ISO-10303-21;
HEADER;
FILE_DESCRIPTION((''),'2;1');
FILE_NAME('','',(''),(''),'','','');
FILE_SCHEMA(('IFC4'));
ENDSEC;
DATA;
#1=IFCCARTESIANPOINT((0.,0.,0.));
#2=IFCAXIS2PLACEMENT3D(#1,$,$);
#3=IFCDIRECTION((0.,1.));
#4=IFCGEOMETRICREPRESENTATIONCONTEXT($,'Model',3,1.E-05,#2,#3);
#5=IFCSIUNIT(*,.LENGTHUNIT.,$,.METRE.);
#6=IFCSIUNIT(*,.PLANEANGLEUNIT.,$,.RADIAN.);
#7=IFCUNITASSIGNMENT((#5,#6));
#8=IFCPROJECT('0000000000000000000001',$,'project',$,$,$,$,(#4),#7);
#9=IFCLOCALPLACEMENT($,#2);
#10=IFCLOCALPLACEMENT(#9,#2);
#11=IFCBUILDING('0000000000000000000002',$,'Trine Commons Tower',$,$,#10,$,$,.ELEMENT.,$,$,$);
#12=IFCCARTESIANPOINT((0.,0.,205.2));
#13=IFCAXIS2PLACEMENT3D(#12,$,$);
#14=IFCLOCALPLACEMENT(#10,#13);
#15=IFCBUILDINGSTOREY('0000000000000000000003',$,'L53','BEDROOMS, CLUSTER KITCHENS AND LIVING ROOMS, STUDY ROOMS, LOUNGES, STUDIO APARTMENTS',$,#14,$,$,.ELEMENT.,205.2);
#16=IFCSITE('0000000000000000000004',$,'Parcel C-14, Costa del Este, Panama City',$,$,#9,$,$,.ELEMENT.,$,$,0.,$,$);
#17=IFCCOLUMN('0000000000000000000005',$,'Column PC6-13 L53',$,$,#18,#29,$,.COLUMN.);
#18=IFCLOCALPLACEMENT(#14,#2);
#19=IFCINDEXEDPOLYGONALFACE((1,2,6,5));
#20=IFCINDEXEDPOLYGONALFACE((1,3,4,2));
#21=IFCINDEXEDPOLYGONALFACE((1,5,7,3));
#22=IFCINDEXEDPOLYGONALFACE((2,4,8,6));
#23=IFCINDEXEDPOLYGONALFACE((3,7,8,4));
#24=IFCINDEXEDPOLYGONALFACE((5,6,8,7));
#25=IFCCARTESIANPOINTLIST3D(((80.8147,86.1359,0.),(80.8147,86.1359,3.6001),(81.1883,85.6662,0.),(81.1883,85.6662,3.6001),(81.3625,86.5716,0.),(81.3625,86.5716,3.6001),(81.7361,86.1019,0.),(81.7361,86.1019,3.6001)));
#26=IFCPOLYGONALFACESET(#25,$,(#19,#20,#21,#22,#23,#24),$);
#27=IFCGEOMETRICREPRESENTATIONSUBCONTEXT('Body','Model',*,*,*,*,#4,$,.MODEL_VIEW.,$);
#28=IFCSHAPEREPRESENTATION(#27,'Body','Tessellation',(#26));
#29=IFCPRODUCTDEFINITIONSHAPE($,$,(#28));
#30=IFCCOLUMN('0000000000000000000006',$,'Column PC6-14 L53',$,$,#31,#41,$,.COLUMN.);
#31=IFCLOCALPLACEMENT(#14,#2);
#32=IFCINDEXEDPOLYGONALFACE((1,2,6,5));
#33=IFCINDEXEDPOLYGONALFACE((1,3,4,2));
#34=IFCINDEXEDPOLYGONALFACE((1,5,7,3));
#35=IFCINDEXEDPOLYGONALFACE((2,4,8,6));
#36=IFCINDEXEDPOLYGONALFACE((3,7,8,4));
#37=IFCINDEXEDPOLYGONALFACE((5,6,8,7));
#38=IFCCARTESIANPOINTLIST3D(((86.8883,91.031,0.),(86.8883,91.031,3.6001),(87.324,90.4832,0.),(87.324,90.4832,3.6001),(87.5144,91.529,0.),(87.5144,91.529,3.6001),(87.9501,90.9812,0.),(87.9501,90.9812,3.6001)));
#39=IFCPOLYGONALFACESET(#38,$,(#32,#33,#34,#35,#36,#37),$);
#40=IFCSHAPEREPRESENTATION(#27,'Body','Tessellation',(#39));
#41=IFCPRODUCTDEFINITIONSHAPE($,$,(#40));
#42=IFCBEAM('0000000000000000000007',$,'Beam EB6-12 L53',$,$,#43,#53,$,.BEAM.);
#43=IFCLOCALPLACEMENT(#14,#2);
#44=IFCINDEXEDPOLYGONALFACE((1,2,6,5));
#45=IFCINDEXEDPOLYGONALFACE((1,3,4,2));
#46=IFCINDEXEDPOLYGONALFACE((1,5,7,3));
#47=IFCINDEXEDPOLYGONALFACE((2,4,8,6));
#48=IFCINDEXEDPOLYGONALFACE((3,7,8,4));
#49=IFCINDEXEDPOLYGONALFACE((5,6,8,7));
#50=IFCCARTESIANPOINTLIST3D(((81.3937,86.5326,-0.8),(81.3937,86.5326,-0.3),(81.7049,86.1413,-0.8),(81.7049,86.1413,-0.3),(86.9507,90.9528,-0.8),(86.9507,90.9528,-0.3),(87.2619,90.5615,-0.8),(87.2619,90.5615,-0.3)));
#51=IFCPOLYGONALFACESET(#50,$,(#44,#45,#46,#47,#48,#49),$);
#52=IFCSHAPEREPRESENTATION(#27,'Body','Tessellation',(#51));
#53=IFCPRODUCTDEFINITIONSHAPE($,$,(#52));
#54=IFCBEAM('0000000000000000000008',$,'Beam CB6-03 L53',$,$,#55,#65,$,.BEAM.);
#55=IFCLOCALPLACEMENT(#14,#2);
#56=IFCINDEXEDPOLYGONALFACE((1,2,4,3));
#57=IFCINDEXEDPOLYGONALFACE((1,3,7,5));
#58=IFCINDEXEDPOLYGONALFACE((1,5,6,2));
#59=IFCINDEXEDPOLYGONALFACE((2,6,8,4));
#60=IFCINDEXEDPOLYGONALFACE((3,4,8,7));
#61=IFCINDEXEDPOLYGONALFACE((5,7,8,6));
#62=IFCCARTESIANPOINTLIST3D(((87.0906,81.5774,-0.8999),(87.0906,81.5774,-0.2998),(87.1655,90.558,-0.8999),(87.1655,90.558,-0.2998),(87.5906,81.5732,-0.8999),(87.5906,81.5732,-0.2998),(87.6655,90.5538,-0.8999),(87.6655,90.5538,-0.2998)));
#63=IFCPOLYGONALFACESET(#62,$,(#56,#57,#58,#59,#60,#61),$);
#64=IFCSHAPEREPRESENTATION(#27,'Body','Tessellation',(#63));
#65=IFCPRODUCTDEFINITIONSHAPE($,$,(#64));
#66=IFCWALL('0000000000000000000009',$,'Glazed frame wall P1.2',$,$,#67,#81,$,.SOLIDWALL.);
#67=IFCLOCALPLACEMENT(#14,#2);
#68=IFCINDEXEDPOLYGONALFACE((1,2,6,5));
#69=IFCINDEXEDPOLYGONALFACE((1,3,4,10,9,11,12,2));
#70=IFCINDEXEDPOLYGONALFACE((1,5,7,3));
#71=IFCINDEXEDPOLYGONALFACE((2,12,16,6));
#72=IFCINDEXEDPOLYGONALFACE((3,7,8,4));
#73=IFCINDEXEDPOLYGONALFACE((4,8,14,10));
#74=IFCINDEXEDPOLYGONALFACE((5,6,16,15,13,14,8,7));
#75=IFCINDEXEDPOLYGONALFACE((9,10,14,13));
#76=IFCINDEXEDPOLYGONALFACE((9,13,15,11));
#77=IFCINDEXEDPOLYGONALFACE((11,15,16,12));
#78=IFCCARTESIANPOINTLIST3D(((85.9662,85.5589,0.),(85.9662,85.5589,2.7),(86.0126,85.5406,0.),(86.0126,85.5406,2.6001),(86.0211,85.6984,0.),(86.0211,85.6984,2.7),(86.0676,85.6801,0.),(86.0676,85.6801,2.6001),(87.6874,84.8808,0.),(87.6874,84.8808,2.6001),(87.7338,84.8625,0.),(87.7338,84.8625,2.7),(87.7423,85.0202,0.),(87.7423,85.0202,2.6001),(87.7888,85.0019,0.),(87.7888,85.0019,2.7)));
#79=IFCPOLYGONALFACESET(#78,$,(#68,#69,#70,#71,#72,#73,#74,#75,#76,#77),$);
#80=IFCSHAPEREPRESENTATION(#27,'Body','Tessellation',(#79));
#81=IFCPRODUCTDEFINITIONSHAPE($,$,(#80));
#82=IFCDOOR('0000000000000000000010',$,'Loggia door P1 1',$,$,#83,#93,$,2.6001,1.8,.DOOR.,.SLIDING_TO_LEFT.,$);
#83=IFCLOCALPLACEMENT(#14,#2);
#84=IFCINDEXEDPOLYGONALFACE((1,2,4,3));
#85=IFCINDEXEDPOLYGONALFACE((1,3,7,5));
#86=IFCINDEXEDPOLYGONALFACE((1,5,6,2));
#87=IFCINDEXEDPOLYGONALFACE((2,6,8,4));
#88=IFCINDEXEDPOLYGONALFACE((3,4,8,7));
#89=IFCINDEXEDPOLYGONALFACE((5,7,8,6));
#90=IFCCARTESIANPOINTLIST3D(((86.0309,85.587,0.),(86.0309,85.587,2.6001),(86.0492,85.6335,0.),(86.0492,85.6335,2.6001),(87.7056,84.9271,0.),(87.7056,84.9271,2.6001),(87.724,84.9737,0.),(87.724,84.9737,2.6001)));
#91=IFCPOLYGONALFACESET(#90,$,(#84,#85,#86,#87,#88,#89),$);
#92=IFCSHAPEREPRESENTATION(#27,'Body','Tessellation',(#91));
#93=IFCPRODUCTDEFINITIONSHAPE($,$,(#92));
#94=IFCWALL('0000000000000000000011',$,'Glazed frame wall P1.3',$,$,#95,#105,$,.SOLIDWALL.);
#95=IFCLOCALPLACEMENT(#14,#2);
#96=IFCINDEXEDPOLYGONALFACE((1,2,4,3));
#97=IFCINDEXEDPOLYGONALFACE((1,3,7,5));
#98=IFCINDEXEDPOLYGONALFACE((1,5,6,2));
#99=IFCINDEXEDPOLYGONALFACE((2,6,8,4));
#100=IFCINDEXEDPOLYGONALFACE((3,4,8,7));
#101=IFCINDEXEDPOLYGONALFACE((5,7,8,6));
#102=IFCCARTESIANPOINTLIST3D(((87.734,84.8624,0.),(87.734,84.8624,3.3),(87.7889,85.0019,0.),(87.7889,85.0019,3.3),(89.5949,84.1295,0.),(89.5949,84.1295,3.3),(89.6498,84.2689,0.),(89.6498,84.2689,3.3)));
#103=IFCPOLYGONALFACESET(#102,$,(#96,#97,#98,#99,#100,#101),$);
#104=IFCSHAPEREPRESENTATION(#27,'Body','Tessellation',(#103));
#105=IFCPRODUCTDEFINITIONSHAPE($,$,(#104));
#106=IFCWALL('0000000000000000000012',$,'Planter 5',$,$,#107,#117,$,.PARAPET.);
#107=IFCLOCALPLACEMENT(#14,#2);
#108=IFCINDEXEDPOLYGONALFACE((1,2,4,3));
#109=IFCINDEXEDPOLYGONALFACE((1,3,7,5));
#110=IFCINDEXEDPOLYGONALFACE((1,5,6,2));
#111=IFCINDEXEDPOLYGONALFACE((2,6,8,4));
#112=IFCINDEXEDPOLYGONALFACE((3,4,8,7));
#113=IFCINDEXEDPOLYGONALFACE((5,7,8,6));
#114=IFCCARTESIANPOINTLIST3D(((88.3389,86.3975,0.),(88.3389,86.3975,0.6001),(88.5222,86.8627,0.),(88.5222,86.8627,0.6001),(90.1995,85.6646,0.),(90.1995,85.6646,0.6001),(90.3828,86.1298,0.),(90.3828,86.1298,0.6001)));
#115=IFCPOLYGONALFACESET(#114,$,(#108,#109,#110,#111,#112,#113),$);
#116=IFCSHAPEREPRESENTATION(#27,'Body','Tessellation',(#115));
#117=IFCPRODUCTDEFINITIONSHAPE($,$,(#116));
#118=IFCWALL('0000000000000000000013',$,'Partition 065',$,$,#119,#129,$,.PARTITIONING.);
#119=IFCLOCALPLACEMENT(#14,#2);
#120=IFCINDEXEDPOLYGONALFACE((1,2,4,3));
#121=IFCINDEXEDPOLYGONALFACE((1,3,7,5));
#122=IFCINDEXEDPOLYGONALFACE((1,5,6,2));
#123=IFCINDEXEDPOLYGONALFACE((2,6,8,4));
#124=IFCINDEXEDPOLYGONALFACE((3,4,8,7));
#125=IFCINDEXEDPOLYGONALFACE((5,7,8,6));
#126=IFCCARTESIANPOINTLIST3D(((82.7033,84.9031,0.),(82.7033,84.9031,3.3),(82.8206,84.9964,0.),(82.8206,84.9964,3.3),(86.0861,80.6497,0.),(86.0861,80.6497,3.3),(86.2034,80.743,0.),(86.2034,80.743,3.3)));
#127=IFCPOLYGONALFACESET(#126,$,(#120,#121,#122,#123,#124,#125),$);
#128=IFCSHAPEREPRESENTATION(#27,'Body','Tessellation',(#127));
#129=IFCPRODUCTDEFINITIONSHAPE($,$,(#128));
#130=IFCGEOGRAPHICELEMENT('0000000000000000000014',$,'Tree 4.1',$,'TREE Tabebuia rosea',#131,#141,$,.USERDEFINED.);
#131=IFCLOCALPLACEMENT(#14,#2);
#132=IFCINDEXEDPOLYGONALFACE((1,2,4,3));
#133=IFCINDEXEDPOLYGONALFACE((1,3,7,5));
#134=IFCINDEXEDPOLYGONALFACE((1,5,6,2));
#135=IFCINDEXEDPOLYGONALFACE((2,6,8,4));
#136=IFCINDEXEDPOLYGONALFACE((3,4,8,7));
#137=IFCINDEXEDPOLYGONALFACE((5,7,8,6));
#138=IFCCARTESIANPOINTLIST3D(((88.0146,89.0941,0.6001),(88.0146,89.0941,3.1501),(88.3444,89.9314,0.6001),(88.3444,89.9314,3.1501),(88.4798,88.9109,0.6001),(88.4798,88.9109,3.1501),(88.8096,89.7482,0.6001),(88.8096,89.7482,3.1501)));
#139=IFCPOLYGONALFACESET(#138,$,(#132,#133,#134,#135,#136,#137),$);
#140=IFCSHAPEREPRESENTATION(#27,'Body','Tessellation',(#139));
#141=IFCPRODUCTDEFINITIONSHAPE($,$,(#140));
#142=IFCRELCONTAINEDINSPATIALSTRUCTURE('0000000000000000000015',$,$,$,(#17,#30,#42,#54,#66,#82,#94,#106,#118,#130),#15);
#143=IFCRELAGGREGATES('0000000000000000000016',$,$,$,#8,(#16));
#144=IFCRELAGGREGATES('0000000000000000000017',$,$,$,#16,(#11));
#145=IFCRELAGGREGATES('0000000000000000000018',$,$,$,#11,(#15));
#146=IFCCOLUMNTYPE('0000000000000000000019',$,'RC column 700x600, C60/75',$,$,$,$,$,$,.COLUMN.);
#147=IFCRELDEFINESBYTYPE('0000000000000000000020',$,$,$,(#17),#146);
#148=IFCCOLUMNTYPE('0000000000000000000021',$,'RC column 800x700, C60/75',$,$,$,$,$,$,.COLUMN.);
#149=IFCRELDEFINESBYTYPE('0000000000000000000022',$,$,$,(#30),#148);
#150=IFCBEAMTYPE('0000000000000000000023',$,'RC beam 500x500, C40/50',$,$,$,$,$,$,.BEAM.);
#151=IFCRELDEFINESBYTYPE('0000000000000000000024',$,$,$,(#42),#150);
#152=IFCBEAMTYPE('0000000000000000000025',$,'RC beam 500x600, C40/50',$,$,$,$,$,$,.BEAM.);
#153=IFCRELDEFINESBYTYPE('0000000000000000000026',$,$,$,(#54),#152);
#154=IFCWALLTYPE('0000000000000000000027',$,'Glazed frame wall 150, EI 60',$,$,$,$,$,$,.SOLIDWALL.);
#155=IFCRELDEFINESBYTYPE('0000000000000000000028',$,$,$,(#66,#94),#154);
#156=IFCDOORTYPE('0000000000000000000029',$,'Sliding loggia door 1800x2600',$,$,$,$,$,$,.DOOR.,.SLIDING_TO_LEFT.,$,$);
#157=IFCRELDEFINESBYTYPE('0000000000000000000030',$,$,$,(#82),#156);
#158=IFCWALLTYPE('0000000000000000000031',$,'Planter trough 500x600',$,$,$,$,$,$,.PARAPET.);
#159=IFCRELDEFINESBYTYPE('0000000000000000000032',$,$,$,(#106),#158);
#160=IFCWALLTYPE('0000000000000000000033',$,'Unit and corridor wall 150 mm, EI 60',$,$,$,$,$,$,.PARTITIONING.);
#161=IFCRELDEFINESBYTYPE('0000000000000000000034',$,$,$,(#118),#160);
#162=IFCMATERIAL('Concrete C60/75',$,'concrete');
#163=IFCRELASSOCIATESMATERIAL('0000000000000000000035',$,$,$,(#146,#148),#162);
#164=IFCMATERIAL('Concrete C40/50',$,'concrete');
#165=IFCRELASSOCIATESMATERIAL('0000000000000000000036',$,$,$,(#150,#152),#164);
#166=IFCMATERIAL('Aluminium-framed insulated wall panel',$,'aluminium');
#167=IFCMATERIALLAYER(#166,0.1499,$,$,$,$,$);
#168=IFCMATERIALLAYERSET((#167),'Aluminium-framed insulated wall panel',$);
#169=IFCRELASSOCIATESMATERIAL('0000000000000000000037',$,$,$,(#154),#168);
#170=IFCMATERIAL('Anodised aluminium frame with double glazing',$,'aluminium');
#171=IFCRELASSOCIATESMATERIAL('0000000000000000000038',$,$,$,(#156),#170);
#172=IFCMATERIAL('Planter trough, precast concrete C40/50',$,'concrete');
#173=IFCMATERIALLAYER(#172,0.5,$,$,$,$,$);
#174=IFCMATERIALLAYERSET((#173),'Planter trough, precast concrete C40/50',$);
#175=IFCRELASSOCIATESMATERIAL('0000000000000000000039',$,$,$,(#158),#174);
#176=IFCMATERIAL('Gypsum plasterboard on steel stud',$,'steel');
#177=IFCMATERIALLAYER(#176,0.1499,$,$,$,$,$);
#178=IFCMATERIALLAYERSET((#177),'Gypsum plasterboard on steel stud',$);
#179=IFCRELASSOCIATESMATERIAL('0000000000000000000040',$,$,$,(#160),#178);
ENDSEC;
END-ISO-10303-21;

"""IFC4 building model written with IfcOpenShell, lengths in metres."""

from ifc_helpers import new_model, si_unit, direction, frame, frame_2d, origin, origin_2d, place, context, subcontext, project, spatial, polyline, rectangle, outline, extrude, material, layer, layer_set, material_profile, profile_set, type_object, element, fill, save


model = new_model("IFC4")

# Units and contexts
model_context = context("Model", 3, precision=1e-05, world=origin(), true_north=direction((0.0, 1.0)))
body_context = subcontext(model_context, "Body", "Model", "MODEL_VIEW")
ifc_project = project(units=[si_unit("LENGTHUNIT", "METRE"), si_unit("PLANEANGLEUNIT", "RADIAN")], contexts=[model_context])

# Site, building, storey
site_placement = place(None, origin())
site = spatial("IfcSite", under=ifc_project, at=site_placement, Name="Parcel C-14, Costa del Este, Panama City", CompositionType="ELEMENT", RefElevation=0.0)
building_placement = place(site_placement, origin())
building = spatial("IfcBuilding", under=site, at=building_placement, Name="Trine Commons Tower", CompositionType="ELEMENT")
storey_placement = place(building_placement, frame((0.0, 0.0, 205.2)))
storey = spatial("IfcBuildingStorey", under=building, at=storey_placement, Name="L53", Description="BEDROOMS, CLUSTER KITCHENS AND LIVING ROOMS, STUDY ROOMS, LOUNGES, STUDIO APARTMENTS", CompositionType="ELEMENT", Elevation=205.2)

# Columns
ifc_material_1 = material(Name="Concrete C60/75", Category="concrete")
ifc_material_profile_1 = material_profile(ifc_material_1, rectangle(XDim=0.7, YDim=0.6001, at=origin_2d()), Name="RC 700x600")
ifc_profile_set_1 = profile_set([ifc_material_profile_1], Name="Concrete C60/75")
column_type_1 = type_object("IfcColumnType", Name="RC column 700x600, C60/75", PredefinedType="COLUMN", material=ifc_profile_set_1)
column_1_placement = place(storey_placement, frame((81.2754, 86.1189, 0.0), z_axis=(0.0, 0.0, 1.0), x_axis=(0.782608, 0.622515, 0.0)))
element("IfcColumn", 1, at=column_1_placement, inside=storey, type_object=column_type_1, Name="Column PC6-13 L53", PredefinedType="COLUMN", context=body_context, shape_type="SweptSolid", body=[
    extrude(rectangle(XDim=0.7, YDim=0.6001, at=origin_2d()), origin(), (0.0, 0.0, 1.0), 3.6001),
])
ifc_material_profile_2 = material_profile(ifc_material_1, rectangle(XDim=0.8, YDim=0.7, at=origin_2d()), Name="RC 800x700")
ifc_profile_set_2 = profile_set([ifc_material_profile_2], Name="Concrete C60/75")
column_type_2 = type_object("IfcColumnType", Name="RC column 800x700, C60/75", PredefinedType="COLUMN", material=ifc_profile_set_2)
column_2_placement = place(storey_placement, frame((87.4192, 91.0061, 0.0), z_axis=(0.0, 0.0, 1.0), x_axis=(0.782608, 0.622515, 0.0)))
element("IfcColumn", 2, at=column_2_placement, inside=storey, type_object=column_type_2, Name="Column PC6-14 L53", PredefinedType="COLUMN", context=body_context, shape_type="SweptSolid", body=[
    extrude(rectangle(XDim=0.8, YDim=0.7, at=origin_2d()), origin(), (0.0, 0.0, 1.0), 3.6001),
])

# Beams
ifc_material_2 = material(Name="Concrete C40/50", Category="concrete")
ifc_material_profile_3 = material_profile(ifc_material_2, rectangle(XDim=0.5, YDim=0.5, at=origin_2d()), Name="RC 500x500")
ifc_profile_set_3 = profile_set([ifc_material_profile_3], Name="Concrete C40/50")
beam_type_1 = type_object("IfcBeamType", Name="RC beam 500x500, C40/50", PredefinedType="BEAM", material=ifc_profile_set_3)
beam_1_placement = place(storey_placement, frame((81.5493, 86.3369, -0.55), z_axis=(0.782607, 0.622516, 0.0), x_axis=(-0.622516, 0.782607, 0.0)))
element("IfcBeam", 3, at=beam_1_placement, inside=storey, type_object=beam_type_1, Name="Beam EB6-12 L53", PredefinedType="BEAM", context=body_context, shape_type="SweptSolid", body=[
    extrude(rectangle(XDim=0.5, YDim=0.5, at=origin_2d()), origin(), (0.0, 0.0, 1.0), 7.1006),
])
ifc_material_profile_4 = material_profile(ifc_material_2, rectangle(XDim=0.5, YDim=0.6001, at=origin_2d()), Name="RC 500x600")
ifc_profile_set_4 = profile_set([ifc_material_profile_4], Name="Concrete C40/50")
beam_type_2 = type_object("IfcBeamType", Name="RC beam 500x600, C40/50", PredefinedType="BEAM", material=ifc_profile_set_4)
beam_2_placement = place(storey_placement, frame((87.4155, 90.5559, -0.5999), z_axis=(-0.008346, -0.999965, 0.0), x_axis=(0.999965, -0.008346, 0.0)))
element("IfcBeam", 4, at=beam_2_placement, inside=storey, type_object=beam_type_2, Name="Beam CB6-03 L53", PredefinedType="BEAM", context=body_context, shape_type="SweptSolid", body=[
    extrude(rectangle(XDim=0.5, YDim=0.6001, at=origin_2d()), origin(), (0.0, 0.0, 1.0), 8.981),
])

# Shared definitions
ifc_material_3 = material(Name="Aluminium-framed insulated wall panel", Category="aluminium")
ifc_layer_1 = layer(ifc_material_3, 0.1499)
ifc_layer_set_1 = layer_set([ifc_layer_1], Name="Aluminium-framed insulated wall panel")
wall_type_1 = type_object("IfcWallType", Name="Glazed frame wall 150, EI 60", PredefinedType="SOLIDWALL", material=ifc_layer_set_1)

# Wall, opening, door
wall_1_placement = place(storey_placement, frame((85.9937, 85.6287, 0.0), z_axis=(0.0, 0.0, 1.0), x_axis=(0.930387, -0.366578, 0.0)))
wall_1 = element("IfcWall", 5, at=wall_1_placement, inside=storey, type_object=wall_type_1, Name="Glazed frame wall P1.2", PredefinedType="SOLIDWALL", context=body_context, shape_type="SweptSolid", body=[
    extrude(outline(polyline([(0.0, -0.075), (1.8999, -0.075), (1.8999, 0.075), (0.0, 0.075), (0.0, -0.075)])), origin(), (0.0, 0.0, 1.0), 2.7),
])
opening_placement = place(wall_1_placement, frame((0.05, 0.0, 0.0)))
opening = element("IfcOpeningElement", 6, at=opening_placement, cuts=wall_1, PredefinedType="OPENING", context=body_context, shape_type="SweptSolid", body=[
    extrude(rectangle(XDim=1.8, YDim=2.6001, at=frame_2d((0.8999, 1.3))), frame((0.0, 0.085, 0.0), z_axis=(0.0, -1.0, 0.0), x_axis=(1.0, 0.0, 0.0)), (0.0, 0.0, 1.0), 0.1699),
])
ifc_material_4 = material(Name="Anodised aluminium frame with double glazing", Category="aluminium")
door_type = type_object("IfcDoorType", Name="Sliding loggia door 1800x2600", OperationType="SLIDING_TO_LEFT", PredefinedType="DOOR", material=ifc_material_4)
door_placement = place(opening_placement, origin())
door = element("IfcDoor", 7, at=door_placement, inside=storey, type_object=door_type, Name="Loggia door P1 1", OperationType="SLIDING_TO_LEFT", OverallHeight=2.6001, OverallWidth=1.8, PredefinedType="DOOR", context=body_context, shape_type="SweptSolid", body=[
    extrude(rectangle(XDim=1.8, YDim=2.6001, at=frame_2d((0.8999, 1.3))), frame((0.0, 0.0249, 0.0), z_axis=(0.0, -1.0, 0.0), x_axis=(1.0, 0.0, 0.0)), (0.0, 0.0, 1.0), 0.05),
])
fill(opening, door)

# Walls
wall_2_placement = place(storey_placement, frame((87.7615, 84.9321, 0.0), z_axis=(0.0, 0.0, 1.0), x_axis=(0.930434, -0.36646, 0.0)))
element("IfcWall", 8, at=wall_2_placement, inside=storey, type_object=wall_type_1, Name="Glazed frame wall P1.3", PredefinedType="SOLIDWALL", context=body_context, shape_type="SweptSolid", body=[
    extrude(outline(polyline([(0.0, -0.075), (2.0, -0.075), (2.0, 0.075), (0.0, 0.075), (0.0, -0.075)])), origin(), (0.0, 0.0, 1.0), 3.3),
])
ifc_material_5 = material(Name="Planter trough, precast concrete C40/50", Category="concrete")
ifc_layer_2 = layer(ifc_material_5, 0.5)
ifc_layer_set_2 = layer_set([ifc_layer_2], Name="Planter trough, precast concrete C40/50")
wall_type_2 = type_object("IfcWallType", Name="Planter trough 500x600", PredefinedType="PARAPET", material=ifc_layer_set_2)
wall_3_placement = place(storey_placement, frame((88.4304, 86.6301, 0.0), z_axis=(0.0, 0.0, 1.0), x_axis=(0.930417, -0.366502, 0.0)))
element("IfcWall", 9, at=wall_3_placement, inside=storey, type_object=wall_type_2, Name="Planter 5", PredefinedType="PARAPET", context=body_context, shape_type="SweptSolid", body=[
    extrude(rectangle(XDim=1.9998, YDim=0.5, at=frame_2d((1.0, 0.0))), origin(), (0.0, 0.0, 1.0), 0.6001),
])
ifc_material_6 = material(Name="Gypsum plasterboard on steel stud", Category="steel")
ifc_layer_3 = layer(ifc_material_6, 0.1499)
ifc_layer_set_3 = layer_set([ifc_layer_3], Name="Gypsum plasterboard on steel stud")
wall_type_3 = type_object("IfcWallType", Name="Unit and corridor wall 150 mm, EI 60", PredefinedType="PARTITIONING", material=ifc_layer_set_3)
wall_4_placement = place(storey_placement, frame((82.762, 84.9497, 0.0), z_axis=(0.0, 0.0, 1.0), x_axis=(0.622457, -0.782654, 0.0)))
element("IfcWall", 10, at=wall_4_placement, inside=storey, type_object=wall_type_3, Name="Partition 065", PredefinedType="PARTITIONING", context=body_context, shape_type="SweptSolid", body=[
    extrude(rectangle(XDim=5.4346, YDim=0.1499, at=frame_2d((2.7173, 0.0))), origin(), (0.0, 0.0, 1.0), 3.3),
])

# Geographic element
geographic_element_placement = place(storey_placement, frame((88.4121, 89.4211, 0.6001), z_axis=(0.0, 0.0, 1.0), x_axis=(-0.366495, -0.93042, 0.0)))
element("IfcGeographicElement", 11, at=geographic_element_placement, inside=storey, Name="Tree 4.1", ObjectType="TREE Tabebuia rosea", PredefinedType="USERDEFINED", context=body_context, shape_type="SweptSolid", body=[
    extrude(rectangle(XDim=0.8999, YDim=0.5, at=origin_2d()), origin(), (0.0, 0.0, 1.0), 2.55),
])

save(model, "model.ifc")
